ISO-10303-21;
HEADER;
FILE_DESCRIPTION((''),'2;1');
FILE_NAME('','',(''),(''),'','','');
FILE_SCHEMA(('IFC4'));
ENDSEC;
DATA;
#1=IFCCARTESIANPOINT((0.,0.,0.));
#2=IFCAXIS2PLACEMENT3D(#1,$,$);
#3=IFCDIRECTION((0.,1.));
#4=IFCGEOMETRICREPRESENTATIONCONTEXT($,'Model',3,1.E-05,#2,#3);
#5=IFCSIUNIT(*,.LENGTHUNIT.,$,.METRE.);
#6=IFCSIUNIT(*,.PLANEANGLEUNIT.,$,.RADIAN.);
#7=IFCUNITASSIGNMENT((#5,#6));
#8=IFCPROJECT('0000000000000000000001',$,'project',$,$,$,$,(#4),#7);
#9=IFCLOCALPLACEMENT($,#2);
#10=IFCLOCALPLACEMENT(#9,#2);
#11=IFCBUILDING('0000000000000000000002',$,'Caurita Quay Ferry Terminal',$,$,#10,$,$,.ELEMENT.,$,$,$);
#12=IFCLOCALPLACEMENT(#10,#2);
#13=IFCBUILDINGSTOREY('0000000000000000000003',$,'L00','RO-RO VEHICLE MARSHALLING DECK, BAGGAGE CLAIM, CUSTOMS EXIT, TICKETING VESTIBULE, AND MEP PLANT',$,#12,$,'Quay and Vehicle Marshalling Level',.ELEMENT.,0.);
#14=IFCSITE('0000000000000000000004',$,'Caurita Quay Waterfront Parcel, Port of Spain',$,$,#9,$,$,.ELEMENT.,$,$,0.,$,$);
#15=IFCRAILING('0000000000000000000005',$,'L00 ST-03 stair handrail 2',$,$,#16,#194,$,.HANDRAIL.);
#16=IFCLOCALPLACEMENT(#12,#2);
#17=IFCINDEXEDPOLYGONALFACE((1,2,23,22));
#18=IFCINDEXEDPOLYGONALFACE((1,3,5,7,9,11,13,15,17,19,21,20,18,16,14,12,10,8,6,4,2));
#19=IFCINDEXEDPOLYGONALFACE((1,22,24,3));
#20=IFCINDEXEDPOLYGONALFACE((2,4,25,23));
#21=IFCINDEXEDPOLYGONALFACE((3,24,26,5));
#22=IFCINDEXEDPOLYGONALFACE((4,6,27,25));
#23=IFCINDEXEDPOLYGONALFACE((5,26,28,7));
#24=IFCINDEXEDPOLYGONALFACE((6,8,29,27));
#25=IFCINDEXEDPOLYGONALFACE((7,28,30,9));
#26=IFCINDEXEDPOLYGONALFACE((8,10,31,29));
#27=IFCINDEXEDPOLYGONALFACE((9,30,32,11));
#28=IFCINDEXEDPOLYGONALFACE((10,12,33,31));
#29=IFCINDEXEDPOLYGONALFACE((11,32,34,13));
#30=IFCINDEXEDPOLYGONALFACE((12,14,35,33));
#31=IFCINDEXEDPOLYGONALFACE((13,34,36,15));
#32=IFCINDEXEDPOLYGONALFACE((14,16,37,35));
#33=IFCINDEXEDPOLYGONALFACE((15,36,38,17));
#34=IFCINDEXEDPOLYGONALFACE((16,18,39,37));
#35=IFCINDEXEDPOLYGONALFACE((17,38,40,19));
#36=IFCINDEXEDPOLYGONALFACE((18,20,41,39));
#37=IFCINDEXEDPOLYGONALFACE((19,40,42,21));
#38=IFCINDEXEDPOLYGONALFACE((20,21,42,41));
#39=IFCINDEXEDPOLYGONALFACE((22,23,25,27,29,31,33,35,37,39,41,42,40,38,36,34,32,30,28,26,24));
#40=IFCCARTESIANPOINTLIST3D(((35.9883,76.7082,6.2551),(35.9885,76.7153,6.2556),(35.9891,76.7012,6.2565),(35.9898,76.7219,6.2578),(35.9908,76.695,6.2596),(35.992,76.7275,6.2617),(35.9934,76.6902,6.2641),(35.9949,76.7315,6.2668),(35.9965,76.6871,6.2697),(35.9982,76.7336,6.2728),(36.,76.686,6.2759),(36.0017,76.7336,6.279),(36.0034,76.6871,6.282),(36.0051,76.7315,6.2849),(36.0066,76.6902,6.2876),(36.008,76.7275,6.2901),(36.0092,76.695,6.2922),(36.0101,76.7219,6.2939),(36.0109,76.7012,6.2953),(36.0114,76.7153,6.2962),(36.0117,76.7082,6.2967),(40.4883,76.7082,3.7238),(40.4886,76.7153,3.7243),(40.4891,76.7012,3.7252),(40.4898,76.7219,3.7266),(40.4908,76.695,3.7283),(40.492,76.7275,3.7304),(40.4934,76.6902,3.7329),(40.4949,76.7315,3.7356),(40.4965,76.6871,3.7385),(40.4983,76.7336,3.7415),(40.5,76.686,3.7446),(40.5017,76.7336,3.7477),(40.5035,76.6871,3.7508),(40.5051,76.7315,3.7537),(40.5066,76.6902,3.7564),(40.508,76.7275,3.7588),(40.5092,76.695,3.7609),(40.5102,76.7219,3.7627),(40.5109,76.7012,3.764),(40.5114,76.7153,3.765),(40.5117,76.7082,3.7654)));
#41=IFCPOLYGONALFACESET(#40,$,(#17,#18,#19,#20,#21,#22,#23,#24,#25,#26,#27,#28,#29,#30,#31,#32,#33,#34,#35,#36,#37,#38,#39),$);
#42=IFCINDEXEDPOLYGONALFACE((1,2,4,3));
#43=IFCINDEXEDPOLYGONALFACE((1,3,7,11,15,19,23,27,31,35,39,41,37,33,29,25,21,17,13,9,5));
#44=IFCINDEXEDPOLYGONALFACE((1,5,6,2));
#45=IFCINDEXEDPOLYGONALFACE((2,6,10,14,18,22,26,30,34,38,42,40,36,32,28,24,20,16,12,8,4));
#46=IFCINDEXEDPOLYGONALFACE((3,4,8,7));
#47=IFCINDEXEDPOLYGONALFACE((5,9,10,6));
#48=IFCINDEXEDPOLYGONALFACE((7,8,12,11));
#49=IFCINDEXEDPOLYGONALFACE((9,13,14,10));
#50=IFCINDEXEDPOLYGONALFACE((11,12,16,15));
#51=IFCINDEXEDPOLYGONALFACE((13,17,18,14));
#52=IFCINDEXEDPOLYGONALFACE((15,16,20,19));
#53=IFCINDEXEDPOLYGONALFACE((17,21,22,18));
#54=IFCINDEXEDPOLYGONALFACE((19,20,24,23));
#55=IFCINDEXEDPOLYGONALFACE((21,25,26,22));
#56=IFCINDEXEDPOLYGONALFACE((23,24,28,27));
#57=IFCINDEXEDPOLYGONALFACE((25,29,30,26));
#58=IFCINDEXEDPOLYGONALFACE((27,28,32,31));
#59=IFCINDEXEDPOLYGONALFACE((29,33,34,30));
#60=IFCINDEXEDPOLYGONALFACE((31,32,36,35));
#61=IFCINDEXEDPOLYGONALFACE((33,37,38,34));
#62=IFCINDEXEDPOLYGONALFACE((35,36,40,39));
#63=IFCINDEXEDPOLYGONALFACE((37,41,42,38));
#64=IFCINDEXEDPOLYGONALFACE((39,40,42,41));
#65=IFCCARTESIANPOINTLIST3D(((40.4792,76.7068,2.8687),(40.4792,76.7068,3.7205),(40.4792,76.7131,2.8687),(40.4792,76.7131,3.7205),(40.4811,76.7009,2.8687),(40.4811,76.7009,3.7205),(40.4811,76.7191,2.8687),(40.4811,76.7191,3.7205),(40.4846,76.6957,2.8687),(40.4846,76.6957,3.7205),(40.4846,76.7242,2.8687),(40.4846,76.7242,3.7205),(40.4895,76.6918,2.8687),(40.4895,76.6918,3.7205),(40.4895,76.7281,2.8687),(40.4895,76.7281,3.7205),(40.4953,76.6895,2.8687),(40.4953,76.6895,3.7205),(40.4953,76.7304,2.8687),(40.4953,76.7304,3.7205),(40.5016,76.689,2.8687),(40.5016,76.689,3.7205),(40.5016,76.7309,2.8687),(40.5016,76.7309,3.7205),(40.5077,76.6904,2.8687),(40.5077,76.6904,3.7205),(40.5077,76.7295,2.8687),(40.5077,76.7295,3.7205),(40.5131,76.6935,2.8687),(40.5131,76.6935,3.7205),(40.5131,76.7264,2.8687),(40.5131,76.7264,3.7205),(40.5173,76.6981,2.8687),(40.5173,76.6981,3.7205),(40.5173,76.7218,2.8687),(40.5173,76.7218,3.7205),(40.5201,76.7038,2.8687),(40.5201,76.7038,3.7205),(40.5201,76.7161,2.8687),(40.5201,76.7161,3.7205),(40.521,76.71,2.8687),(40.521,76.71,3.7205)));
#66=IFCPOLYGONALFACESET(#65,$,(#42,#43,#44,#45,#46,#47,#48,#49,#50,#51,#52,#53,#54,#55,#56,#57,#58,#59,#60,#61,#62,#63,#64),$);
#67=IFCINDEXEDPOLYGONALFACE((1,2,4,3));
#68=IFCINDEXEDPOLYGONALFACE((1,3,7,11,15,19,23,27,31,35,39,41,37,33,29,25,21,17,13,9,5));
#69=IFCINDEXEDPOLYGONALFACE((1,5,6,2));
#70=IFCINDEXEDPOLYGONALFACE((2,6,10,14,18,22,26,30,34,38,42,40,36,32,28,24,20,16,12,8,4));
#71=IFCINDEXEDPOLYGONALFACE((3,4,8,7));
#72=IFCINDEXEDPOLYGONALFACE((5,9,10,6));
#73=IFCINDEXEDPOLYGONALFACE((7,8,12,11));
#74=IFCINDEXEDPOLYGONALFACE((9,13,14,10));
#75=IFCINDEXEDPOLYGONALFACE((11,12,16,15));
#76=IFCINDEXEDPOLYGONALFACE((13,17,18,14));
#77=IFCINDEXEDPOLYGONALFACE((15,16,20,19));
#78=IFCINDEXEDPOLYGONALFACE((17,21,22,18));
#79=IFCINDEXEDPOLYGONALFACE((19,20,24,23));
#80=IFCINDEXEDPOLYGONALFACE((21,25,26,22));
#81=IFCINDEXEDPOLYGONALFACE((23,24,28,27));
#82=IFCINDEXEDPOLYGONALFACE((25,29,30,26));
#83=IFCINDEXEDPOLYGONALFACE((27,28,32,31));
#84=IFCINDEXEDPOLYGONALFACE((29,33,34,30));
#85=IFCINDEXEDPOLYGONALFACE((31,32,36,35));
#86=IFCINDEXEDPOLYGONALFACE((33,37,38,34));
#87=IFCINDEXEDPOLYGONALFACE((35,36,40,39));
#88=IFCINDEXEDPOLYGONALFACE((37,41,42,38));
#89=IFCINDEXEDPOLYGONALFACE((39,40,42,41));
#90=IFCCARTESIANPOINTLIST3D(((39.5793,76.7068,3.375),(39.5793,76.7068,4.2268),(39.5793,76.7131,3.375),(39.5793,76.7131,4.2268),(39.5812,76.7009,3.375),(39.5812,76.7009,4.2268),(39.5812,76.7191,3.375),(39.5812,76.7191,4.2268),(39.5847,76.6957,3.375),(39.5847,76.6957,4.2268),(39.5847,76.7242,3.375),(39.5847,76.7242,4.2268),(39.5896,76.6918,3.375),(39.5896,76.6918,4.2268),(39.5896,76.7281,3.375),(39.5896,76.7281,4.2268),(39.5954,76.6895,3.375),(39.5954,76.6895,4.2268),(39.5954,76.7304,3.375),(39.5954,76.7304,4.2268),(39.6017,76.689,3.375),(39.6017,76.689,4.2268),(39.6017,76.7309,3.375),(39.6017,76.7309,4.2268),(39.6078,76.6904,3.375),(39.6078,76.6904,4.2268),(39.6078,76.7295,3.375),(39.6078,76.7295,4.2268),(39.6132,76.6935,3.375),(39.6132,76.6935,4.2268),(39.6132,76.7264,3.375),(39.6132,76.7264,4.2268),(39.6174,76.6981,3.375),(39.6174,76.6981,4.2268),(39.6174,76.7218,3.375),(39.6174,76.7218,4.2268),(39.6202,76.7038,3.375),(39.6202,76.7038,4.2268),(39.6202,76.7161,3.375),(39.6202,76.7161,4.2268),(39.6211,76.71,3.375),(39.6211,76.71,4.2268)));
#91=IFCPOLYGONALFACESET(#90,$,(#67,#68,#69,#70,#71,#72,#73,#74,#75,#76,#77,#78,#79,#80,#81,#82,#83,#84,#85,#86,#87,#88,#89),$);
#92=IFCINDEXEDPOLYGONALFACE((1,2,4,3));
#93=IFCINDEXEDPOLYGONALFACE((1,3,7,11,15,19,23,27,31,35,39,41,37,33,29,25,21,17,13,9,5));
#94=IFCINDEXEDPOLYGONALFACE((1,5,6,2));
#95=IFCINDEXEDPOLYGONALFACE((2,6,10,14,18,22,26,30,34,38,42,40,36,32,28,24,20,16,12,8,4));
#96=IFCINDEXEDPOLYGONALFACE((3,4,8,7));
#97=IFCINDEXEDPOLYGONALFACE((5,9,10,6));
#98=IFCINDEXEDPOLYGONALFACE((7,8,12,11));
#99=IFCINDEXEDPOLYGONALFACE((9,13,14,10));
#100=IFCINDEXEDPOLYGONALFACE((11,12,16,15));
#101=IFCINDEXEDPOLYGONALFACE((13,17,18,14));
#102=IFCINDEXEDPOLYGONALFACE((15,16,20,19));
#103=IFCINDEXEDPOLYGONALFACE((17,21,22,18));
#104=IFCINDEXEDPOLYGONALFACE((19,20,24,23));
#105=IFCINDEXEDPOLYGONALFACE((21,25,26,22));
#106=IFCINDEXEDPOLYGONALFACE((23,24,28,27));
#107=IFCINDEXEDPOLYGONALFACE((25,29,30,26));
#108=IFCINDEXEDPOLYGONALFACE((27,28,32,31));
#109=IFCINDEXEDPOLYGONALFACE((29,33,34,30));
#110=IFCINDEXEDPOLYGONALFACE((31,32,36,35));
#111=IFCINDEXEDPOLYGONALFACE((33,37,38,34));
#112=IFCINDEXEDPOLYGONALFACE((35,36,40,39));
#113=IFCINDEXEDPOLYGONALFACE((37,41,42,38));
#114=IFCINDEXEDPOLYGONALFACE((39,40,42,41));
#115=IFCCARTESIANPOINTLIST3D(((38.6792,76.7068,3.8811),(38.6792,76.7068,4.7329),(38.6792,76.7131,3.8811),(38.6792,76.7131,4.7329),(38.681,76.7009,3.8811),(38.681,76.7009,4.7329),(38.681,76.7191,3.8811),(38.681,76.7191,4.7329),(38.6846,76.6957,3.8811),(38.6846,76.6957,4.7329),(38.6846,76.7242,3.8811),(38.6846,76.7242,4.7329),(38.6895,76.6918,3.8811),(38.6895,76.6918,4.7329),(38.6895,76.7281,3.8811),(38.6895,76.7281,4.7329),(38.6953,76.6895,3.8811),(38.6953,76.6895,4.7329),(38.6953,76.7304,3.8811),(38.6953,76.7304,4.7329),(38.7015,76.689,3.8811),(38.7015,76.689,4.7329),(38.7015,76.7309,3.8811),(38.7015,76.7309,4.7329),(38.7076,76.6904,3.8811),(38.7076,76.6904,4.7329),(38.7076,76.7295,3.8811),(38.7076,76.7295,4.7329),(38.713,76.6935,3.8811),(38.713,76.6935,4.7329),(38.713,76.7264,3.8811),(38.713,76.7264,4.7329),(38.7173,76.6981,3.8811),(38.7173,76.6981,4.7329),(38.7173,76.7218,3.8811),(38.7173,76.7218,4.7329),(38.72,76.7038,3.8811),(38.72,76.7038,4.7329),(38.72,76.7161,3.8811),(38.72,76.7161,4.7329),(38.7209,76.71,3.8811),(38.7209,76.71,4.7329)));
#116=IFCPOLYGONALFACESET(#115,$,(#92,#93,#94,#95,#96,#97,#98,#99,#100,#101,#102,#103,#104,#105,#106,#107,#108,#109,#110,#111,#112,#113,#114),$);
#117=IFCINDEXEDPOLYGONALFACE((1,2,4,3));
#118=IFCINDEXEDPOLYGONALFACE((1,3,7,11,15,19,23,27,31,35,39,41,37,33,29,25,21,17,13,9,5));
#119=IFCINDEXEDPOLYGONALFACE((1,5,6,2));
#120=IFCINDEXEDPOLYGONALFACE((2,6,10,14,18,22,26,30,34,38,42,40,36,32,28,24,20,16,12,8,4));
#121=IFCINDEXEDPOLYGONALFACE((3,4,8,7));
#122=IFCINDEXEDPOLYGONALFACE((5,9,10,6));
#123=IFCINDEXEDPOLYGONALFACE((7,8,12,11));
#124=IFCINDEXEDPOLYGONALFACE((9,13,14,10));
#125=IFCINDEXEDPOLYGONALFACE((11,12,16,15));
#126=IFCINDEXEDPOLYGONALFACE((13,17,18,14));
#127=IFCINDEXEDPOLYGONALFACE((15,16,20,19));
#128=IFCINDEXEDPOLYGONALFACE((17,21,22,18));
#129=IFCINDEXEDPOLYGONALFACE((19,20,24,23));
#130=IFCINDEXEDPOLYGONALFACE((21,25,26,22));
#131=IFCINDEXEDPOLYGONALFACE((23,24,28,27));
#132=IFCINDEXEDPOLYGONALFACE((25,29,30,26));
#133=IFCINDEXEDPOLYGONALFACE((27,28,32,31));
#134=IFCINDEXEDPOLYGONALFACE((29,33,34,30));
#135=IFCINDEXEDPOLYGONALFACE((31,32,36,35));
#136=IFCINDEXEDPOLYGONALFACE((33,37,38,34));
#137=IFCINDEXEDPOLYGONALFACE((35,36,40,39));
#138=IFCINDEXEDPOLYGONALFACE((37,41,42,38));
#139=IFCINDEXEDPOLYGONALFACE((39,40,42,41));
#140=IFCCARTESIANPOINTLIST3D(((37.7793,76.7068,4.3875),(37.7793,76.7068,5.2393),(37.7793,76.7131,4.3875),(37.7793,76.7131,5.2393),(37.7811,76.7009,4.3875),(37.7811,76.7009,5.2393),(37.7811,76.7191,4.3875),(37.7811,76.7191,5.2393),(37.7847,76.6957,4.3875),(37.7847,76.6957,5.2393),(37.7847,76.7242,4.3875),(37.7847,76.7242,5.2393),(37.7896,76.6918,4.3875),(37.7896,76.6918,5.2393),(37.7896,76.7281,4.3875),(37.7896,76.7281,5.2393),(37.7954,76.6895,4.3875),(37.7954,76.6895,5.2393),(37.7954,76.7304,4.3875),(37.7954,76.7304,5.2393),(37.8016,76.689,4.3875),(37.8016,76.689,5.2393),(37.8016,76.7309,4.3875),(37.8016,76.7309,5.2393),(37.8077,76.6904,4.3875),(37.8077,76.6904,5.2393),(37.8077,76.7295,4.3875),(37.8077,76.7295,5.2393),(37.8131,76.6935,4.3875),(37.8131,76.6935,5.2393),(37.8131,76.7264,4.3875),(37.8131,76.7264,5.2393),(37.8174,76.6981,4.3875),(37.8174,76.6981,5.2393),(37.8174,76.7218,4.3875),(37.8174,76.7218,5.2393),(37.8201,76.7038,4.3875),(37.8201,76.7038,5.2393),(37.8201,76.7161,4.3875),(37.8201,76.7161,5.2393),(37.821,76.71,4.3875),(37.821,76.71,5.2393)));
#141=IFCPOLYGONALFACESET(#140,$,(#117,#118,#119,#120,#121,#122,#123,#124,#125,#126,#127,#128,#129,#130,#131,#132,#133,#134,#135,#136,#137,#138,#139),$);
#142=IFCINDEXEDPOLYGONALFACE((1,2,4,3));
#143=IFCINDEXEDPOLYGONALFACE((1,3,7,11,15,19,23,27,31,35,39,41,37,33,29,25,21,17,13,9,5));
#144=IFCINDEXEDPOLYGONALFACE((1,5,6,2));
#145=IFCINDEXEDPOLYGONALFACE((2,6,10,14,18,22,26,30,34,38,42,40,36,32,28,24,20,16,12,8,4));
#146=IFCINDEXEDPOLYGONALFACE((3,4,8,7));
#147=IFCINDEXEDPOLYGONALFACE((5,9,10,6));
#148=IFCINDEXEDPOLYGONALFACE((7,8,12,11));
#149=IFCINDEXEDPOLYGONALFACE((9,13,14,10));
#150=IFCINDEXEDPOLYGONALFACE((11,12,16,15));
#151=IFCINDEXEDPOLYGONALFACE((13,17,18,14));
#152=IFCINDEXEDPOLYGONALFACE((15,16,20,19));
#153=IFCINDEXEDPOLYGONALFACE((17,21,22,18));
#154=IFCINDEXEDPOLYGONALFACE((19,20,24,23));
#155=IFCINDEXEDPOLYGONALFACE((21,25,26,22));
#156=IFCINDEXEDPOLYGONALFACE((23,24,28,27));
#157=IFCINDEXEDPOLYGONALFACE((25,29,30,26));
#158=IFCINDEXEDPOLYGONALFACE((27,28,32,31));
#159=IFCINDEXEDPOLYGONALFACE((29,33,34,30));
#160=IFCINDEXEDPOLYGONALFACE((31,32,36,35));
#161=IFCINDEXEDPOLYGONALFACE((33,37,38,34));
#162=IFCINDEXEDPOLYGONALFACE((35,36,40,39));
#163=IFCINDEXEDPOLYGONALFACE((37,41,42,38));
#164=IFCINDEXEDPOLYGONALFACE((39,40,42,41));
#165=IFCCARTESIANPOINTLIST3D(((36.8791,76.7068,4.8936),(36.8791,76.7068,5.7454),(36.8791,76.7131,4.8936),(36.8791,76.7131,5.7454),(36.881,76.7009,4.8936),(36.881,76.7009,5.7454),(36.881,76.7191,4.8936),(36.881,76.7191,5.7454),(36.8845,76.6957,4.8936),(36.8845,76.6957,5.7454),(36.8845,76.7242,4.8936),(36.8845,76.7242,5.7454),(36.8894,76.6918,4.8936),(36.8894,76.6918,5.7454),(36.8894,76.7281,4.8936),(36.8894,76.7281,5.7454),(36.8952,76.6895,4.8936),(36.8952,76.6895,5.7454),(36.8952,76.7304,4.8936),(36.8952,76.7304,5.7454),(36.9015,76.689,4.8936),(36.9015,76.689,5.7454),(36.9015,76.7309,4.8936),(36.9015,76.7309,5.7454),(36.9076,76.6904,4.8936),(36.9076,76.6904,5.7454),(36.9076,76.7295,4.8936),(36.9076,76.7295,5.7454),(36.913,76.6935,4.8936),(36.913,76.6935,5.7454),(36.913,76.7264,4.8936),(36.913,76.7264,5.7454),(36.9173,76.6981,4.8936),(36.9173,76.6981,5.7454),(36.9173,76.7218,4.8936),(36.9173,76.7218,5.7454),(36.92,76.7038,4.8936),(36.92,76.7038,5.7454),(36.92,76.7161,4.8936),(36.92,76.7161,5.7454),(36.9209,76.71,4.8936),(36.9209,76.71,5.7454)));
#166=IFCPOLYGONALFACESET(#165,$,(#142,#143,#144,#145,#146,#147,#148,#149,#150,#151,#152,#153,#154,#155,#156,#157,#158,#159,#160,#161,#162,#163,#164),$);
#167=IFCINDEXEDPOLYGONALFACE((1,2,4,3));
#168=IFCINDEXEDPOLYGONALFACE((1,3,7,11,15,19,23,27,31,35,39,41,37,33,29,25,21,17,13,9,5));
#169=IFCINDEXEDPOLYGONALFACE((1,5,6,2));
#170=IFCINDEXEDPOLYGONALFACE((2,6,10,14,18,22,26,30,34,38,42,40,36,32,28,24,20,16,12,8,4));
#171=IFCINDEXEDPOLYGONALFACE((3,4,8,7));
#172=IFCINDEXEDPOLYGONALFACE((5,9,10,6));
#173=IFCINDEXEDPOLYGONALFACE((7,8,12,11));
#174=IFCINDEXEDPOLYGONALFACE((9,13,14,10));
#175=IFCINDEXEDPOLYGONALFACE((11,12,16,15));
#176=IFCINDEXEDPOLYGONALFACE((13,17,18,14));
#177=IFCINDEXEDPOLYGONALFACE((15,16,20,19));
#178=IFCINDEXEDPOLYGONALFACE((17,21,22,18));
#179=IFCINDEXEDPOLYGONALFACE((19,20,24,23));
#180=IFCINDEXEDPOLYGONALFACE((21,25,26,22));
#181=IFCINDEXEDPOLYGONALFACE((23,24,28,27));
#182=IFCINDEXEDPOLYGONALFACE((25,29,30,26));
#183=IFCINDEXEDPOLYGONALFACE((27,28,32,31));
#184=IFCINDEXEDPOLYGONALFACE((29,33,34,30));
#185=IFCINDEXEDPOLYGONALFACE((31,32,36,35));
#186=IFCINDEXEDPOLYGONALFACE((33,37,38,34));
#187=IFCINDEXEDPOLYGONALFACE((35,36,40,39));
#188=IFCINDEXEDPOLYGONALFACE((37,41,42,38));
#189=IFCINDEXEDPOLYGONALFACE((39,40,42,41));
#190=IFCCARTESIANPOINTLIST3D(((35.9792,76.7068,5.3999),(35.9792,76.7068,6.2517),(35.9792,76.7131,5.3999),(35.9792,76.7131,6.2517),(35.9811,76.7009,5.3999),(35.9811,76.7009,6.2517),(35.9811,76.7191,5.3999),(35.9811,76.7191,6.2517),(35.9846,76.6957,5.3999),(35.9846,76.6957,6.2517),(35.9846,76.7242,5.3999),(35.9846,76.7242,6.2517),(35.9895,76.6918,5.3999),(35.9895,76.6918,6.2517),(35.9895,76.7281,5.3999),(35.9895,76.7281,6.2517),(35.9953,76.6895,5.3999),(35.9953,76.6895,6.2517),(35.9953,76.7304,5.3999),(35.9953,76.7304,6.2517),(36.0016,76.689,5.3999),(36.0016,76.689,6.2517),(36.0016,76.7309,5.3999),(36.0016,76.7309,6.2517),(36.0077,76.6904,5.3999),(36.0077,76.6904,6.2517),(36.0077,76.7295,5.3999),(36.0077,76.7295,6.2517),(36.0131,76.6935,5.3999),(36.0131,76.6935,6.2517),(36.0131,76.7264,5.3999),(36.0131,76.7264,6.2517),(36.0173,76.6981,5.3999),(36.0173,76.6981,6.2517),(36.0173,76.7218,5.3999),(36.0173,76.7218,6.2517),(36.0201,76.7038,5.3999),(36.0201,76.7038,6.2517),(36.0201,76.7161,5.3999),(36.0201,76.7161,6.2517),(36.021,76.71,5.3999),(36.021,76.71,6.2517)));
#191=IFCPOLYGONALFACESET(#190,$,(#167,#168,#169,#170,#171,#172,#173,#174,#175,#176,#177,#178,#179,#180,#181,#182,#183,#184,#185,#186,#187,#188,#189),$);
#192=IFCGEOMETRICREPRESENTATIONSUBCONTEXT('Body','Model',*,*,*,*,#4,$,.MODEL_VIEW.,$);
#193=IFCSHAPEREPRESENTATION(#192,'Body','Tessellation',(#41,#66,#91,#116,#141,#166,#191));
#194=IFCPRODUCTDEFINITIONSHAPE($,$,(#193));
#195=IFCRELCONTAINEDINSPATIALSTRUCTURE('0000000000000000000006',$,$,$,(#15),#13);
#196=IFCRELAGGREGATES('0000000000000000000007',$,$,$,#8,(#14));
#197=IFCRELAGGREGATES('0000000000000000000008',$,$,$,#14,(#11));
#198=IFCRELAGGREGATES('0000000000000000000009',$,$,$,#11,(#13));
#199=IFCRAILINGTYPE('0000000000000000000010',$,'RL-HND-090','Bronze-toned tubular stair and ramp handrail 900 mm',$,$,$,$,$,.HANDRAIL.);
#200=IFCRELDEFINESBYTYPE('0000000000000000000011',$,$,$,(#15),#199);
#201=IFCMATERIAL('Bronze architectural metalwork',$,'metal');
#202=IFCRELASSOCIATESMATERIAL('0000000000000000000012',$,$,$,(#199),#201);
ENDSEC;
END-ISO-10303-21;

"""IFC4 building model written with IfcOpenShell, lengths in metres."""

from ifc_helpers import new_model, si_unit, direction, frame, origin, origin_2d, place, context, subcontext, project, spatial, circle, extrude, material, type_object, element, save


model = new_model("IFC4")

# Units and contexts
model_context = context("Model", 3, precision=1e-05, world=origin(), true_north=direction((0.0, 1.0)))
body_context = subcontext(model_context, "Body", "Model", "MODEL_VIEW")
ifc_project = project(units=[si_unit("LENGTHUNIT", "METRE"), si_unit("PLANEANGLEUNIT", "RADIAN")], contexts=[model_context])

# Site, building, storey
site_placement = place(None, origin())
site = spatial("IfcSite", under=ifc_project, at=site_placement, Name="Caurita Quay Waterfront Parcel, Port of Spain", CompositionType="ELEMENT", RefElevation=0.0)
building_placement = place(site_placement, origin())
building = spatial("IfcBuilding", under=site, at=building_placement, Name="Caurita Quay Ferry Terminal", CompositionType="ELEMENT")
storey_placement = place(building_placement, origin())
storey = spatial("IfcBuildingStorey", under=building, at=storey_placement, Name="L00", Description="RO-RO VEHICLE MARSHALLING DECK, BAGGAGE CLAIM, CUSTOMS EXIT, TICKETING VESTIBULE, AND MEP PLANT", LongName="Quay and Vehicle Marshalling Level", CompositionType="ELEMENT", Elevation=0.0)

# Railing
ifc_material_1 = material(Name="Bronze architectural metalwork", Category="metal")
railing_type_1 = type_object("IfcRailingType", Name="RL-HND-090", Description="Bronze-toned tubular stair and ramp handrail 900 mm", PredefinedType="HANDRAIL", material=ifc_material_1)
railing_1_placement = place(storey_placement, frame((40.5, 76.71, 2.8687)))
element("IfcRailing", 1, at=railing_1_placement, inside=storey, type_object=railing_type_1, Name="L00 ST-03 stair handrail 2", PredefinedType="HANDRAIL", context=body_context, shape_type="SweptSolid", body=[
    extrude(circle(Radius=0.0239, at=origin_2d()), frame((0.0, 0.0, 0.876), z_axis=(-0.871576, 0.0, 0.490261), x_axis=(0.0, -1.0, 0.0)), (0.0, 0.0, 1.0), 5.1631),
    extrude(circle(Radius=0.021, at=origin_2d()), origin(), (0.0, 0.0, 1.0), 0.8518),
    extrude(circle(Radius=0.021, at=origin_2d()), frame((-0.8999, 0.0, 0.5063)), (0.0, 0.0, 1.0), 0.8518),
    extrude(circle(Radius=0.021, at=origin_2d()), frame((-1.8, 0.0, 1.0125)), (0.0, 0.0, 1.0), 0.8518),
    extrude(circle(Radius=0.021, at=origin_2d()), frame((-2.7, 0.0, 1.5188)), (0.0, 0.0, 1.0), 0.8518),
    extrude(circle(Radius=0.021, at=origin_2d()), frame((-3.6001, 0.0, 2.0249)), (0.0, 0.0, 1.0), 0.8518),
    extrude(circle(Radius=0.021, at=origin_2d()), frame((-4.5, 0.0, 2.5312)), (0.0, 0.0, 1.0), 0.8518),
])

save(model, "model.ifc")
